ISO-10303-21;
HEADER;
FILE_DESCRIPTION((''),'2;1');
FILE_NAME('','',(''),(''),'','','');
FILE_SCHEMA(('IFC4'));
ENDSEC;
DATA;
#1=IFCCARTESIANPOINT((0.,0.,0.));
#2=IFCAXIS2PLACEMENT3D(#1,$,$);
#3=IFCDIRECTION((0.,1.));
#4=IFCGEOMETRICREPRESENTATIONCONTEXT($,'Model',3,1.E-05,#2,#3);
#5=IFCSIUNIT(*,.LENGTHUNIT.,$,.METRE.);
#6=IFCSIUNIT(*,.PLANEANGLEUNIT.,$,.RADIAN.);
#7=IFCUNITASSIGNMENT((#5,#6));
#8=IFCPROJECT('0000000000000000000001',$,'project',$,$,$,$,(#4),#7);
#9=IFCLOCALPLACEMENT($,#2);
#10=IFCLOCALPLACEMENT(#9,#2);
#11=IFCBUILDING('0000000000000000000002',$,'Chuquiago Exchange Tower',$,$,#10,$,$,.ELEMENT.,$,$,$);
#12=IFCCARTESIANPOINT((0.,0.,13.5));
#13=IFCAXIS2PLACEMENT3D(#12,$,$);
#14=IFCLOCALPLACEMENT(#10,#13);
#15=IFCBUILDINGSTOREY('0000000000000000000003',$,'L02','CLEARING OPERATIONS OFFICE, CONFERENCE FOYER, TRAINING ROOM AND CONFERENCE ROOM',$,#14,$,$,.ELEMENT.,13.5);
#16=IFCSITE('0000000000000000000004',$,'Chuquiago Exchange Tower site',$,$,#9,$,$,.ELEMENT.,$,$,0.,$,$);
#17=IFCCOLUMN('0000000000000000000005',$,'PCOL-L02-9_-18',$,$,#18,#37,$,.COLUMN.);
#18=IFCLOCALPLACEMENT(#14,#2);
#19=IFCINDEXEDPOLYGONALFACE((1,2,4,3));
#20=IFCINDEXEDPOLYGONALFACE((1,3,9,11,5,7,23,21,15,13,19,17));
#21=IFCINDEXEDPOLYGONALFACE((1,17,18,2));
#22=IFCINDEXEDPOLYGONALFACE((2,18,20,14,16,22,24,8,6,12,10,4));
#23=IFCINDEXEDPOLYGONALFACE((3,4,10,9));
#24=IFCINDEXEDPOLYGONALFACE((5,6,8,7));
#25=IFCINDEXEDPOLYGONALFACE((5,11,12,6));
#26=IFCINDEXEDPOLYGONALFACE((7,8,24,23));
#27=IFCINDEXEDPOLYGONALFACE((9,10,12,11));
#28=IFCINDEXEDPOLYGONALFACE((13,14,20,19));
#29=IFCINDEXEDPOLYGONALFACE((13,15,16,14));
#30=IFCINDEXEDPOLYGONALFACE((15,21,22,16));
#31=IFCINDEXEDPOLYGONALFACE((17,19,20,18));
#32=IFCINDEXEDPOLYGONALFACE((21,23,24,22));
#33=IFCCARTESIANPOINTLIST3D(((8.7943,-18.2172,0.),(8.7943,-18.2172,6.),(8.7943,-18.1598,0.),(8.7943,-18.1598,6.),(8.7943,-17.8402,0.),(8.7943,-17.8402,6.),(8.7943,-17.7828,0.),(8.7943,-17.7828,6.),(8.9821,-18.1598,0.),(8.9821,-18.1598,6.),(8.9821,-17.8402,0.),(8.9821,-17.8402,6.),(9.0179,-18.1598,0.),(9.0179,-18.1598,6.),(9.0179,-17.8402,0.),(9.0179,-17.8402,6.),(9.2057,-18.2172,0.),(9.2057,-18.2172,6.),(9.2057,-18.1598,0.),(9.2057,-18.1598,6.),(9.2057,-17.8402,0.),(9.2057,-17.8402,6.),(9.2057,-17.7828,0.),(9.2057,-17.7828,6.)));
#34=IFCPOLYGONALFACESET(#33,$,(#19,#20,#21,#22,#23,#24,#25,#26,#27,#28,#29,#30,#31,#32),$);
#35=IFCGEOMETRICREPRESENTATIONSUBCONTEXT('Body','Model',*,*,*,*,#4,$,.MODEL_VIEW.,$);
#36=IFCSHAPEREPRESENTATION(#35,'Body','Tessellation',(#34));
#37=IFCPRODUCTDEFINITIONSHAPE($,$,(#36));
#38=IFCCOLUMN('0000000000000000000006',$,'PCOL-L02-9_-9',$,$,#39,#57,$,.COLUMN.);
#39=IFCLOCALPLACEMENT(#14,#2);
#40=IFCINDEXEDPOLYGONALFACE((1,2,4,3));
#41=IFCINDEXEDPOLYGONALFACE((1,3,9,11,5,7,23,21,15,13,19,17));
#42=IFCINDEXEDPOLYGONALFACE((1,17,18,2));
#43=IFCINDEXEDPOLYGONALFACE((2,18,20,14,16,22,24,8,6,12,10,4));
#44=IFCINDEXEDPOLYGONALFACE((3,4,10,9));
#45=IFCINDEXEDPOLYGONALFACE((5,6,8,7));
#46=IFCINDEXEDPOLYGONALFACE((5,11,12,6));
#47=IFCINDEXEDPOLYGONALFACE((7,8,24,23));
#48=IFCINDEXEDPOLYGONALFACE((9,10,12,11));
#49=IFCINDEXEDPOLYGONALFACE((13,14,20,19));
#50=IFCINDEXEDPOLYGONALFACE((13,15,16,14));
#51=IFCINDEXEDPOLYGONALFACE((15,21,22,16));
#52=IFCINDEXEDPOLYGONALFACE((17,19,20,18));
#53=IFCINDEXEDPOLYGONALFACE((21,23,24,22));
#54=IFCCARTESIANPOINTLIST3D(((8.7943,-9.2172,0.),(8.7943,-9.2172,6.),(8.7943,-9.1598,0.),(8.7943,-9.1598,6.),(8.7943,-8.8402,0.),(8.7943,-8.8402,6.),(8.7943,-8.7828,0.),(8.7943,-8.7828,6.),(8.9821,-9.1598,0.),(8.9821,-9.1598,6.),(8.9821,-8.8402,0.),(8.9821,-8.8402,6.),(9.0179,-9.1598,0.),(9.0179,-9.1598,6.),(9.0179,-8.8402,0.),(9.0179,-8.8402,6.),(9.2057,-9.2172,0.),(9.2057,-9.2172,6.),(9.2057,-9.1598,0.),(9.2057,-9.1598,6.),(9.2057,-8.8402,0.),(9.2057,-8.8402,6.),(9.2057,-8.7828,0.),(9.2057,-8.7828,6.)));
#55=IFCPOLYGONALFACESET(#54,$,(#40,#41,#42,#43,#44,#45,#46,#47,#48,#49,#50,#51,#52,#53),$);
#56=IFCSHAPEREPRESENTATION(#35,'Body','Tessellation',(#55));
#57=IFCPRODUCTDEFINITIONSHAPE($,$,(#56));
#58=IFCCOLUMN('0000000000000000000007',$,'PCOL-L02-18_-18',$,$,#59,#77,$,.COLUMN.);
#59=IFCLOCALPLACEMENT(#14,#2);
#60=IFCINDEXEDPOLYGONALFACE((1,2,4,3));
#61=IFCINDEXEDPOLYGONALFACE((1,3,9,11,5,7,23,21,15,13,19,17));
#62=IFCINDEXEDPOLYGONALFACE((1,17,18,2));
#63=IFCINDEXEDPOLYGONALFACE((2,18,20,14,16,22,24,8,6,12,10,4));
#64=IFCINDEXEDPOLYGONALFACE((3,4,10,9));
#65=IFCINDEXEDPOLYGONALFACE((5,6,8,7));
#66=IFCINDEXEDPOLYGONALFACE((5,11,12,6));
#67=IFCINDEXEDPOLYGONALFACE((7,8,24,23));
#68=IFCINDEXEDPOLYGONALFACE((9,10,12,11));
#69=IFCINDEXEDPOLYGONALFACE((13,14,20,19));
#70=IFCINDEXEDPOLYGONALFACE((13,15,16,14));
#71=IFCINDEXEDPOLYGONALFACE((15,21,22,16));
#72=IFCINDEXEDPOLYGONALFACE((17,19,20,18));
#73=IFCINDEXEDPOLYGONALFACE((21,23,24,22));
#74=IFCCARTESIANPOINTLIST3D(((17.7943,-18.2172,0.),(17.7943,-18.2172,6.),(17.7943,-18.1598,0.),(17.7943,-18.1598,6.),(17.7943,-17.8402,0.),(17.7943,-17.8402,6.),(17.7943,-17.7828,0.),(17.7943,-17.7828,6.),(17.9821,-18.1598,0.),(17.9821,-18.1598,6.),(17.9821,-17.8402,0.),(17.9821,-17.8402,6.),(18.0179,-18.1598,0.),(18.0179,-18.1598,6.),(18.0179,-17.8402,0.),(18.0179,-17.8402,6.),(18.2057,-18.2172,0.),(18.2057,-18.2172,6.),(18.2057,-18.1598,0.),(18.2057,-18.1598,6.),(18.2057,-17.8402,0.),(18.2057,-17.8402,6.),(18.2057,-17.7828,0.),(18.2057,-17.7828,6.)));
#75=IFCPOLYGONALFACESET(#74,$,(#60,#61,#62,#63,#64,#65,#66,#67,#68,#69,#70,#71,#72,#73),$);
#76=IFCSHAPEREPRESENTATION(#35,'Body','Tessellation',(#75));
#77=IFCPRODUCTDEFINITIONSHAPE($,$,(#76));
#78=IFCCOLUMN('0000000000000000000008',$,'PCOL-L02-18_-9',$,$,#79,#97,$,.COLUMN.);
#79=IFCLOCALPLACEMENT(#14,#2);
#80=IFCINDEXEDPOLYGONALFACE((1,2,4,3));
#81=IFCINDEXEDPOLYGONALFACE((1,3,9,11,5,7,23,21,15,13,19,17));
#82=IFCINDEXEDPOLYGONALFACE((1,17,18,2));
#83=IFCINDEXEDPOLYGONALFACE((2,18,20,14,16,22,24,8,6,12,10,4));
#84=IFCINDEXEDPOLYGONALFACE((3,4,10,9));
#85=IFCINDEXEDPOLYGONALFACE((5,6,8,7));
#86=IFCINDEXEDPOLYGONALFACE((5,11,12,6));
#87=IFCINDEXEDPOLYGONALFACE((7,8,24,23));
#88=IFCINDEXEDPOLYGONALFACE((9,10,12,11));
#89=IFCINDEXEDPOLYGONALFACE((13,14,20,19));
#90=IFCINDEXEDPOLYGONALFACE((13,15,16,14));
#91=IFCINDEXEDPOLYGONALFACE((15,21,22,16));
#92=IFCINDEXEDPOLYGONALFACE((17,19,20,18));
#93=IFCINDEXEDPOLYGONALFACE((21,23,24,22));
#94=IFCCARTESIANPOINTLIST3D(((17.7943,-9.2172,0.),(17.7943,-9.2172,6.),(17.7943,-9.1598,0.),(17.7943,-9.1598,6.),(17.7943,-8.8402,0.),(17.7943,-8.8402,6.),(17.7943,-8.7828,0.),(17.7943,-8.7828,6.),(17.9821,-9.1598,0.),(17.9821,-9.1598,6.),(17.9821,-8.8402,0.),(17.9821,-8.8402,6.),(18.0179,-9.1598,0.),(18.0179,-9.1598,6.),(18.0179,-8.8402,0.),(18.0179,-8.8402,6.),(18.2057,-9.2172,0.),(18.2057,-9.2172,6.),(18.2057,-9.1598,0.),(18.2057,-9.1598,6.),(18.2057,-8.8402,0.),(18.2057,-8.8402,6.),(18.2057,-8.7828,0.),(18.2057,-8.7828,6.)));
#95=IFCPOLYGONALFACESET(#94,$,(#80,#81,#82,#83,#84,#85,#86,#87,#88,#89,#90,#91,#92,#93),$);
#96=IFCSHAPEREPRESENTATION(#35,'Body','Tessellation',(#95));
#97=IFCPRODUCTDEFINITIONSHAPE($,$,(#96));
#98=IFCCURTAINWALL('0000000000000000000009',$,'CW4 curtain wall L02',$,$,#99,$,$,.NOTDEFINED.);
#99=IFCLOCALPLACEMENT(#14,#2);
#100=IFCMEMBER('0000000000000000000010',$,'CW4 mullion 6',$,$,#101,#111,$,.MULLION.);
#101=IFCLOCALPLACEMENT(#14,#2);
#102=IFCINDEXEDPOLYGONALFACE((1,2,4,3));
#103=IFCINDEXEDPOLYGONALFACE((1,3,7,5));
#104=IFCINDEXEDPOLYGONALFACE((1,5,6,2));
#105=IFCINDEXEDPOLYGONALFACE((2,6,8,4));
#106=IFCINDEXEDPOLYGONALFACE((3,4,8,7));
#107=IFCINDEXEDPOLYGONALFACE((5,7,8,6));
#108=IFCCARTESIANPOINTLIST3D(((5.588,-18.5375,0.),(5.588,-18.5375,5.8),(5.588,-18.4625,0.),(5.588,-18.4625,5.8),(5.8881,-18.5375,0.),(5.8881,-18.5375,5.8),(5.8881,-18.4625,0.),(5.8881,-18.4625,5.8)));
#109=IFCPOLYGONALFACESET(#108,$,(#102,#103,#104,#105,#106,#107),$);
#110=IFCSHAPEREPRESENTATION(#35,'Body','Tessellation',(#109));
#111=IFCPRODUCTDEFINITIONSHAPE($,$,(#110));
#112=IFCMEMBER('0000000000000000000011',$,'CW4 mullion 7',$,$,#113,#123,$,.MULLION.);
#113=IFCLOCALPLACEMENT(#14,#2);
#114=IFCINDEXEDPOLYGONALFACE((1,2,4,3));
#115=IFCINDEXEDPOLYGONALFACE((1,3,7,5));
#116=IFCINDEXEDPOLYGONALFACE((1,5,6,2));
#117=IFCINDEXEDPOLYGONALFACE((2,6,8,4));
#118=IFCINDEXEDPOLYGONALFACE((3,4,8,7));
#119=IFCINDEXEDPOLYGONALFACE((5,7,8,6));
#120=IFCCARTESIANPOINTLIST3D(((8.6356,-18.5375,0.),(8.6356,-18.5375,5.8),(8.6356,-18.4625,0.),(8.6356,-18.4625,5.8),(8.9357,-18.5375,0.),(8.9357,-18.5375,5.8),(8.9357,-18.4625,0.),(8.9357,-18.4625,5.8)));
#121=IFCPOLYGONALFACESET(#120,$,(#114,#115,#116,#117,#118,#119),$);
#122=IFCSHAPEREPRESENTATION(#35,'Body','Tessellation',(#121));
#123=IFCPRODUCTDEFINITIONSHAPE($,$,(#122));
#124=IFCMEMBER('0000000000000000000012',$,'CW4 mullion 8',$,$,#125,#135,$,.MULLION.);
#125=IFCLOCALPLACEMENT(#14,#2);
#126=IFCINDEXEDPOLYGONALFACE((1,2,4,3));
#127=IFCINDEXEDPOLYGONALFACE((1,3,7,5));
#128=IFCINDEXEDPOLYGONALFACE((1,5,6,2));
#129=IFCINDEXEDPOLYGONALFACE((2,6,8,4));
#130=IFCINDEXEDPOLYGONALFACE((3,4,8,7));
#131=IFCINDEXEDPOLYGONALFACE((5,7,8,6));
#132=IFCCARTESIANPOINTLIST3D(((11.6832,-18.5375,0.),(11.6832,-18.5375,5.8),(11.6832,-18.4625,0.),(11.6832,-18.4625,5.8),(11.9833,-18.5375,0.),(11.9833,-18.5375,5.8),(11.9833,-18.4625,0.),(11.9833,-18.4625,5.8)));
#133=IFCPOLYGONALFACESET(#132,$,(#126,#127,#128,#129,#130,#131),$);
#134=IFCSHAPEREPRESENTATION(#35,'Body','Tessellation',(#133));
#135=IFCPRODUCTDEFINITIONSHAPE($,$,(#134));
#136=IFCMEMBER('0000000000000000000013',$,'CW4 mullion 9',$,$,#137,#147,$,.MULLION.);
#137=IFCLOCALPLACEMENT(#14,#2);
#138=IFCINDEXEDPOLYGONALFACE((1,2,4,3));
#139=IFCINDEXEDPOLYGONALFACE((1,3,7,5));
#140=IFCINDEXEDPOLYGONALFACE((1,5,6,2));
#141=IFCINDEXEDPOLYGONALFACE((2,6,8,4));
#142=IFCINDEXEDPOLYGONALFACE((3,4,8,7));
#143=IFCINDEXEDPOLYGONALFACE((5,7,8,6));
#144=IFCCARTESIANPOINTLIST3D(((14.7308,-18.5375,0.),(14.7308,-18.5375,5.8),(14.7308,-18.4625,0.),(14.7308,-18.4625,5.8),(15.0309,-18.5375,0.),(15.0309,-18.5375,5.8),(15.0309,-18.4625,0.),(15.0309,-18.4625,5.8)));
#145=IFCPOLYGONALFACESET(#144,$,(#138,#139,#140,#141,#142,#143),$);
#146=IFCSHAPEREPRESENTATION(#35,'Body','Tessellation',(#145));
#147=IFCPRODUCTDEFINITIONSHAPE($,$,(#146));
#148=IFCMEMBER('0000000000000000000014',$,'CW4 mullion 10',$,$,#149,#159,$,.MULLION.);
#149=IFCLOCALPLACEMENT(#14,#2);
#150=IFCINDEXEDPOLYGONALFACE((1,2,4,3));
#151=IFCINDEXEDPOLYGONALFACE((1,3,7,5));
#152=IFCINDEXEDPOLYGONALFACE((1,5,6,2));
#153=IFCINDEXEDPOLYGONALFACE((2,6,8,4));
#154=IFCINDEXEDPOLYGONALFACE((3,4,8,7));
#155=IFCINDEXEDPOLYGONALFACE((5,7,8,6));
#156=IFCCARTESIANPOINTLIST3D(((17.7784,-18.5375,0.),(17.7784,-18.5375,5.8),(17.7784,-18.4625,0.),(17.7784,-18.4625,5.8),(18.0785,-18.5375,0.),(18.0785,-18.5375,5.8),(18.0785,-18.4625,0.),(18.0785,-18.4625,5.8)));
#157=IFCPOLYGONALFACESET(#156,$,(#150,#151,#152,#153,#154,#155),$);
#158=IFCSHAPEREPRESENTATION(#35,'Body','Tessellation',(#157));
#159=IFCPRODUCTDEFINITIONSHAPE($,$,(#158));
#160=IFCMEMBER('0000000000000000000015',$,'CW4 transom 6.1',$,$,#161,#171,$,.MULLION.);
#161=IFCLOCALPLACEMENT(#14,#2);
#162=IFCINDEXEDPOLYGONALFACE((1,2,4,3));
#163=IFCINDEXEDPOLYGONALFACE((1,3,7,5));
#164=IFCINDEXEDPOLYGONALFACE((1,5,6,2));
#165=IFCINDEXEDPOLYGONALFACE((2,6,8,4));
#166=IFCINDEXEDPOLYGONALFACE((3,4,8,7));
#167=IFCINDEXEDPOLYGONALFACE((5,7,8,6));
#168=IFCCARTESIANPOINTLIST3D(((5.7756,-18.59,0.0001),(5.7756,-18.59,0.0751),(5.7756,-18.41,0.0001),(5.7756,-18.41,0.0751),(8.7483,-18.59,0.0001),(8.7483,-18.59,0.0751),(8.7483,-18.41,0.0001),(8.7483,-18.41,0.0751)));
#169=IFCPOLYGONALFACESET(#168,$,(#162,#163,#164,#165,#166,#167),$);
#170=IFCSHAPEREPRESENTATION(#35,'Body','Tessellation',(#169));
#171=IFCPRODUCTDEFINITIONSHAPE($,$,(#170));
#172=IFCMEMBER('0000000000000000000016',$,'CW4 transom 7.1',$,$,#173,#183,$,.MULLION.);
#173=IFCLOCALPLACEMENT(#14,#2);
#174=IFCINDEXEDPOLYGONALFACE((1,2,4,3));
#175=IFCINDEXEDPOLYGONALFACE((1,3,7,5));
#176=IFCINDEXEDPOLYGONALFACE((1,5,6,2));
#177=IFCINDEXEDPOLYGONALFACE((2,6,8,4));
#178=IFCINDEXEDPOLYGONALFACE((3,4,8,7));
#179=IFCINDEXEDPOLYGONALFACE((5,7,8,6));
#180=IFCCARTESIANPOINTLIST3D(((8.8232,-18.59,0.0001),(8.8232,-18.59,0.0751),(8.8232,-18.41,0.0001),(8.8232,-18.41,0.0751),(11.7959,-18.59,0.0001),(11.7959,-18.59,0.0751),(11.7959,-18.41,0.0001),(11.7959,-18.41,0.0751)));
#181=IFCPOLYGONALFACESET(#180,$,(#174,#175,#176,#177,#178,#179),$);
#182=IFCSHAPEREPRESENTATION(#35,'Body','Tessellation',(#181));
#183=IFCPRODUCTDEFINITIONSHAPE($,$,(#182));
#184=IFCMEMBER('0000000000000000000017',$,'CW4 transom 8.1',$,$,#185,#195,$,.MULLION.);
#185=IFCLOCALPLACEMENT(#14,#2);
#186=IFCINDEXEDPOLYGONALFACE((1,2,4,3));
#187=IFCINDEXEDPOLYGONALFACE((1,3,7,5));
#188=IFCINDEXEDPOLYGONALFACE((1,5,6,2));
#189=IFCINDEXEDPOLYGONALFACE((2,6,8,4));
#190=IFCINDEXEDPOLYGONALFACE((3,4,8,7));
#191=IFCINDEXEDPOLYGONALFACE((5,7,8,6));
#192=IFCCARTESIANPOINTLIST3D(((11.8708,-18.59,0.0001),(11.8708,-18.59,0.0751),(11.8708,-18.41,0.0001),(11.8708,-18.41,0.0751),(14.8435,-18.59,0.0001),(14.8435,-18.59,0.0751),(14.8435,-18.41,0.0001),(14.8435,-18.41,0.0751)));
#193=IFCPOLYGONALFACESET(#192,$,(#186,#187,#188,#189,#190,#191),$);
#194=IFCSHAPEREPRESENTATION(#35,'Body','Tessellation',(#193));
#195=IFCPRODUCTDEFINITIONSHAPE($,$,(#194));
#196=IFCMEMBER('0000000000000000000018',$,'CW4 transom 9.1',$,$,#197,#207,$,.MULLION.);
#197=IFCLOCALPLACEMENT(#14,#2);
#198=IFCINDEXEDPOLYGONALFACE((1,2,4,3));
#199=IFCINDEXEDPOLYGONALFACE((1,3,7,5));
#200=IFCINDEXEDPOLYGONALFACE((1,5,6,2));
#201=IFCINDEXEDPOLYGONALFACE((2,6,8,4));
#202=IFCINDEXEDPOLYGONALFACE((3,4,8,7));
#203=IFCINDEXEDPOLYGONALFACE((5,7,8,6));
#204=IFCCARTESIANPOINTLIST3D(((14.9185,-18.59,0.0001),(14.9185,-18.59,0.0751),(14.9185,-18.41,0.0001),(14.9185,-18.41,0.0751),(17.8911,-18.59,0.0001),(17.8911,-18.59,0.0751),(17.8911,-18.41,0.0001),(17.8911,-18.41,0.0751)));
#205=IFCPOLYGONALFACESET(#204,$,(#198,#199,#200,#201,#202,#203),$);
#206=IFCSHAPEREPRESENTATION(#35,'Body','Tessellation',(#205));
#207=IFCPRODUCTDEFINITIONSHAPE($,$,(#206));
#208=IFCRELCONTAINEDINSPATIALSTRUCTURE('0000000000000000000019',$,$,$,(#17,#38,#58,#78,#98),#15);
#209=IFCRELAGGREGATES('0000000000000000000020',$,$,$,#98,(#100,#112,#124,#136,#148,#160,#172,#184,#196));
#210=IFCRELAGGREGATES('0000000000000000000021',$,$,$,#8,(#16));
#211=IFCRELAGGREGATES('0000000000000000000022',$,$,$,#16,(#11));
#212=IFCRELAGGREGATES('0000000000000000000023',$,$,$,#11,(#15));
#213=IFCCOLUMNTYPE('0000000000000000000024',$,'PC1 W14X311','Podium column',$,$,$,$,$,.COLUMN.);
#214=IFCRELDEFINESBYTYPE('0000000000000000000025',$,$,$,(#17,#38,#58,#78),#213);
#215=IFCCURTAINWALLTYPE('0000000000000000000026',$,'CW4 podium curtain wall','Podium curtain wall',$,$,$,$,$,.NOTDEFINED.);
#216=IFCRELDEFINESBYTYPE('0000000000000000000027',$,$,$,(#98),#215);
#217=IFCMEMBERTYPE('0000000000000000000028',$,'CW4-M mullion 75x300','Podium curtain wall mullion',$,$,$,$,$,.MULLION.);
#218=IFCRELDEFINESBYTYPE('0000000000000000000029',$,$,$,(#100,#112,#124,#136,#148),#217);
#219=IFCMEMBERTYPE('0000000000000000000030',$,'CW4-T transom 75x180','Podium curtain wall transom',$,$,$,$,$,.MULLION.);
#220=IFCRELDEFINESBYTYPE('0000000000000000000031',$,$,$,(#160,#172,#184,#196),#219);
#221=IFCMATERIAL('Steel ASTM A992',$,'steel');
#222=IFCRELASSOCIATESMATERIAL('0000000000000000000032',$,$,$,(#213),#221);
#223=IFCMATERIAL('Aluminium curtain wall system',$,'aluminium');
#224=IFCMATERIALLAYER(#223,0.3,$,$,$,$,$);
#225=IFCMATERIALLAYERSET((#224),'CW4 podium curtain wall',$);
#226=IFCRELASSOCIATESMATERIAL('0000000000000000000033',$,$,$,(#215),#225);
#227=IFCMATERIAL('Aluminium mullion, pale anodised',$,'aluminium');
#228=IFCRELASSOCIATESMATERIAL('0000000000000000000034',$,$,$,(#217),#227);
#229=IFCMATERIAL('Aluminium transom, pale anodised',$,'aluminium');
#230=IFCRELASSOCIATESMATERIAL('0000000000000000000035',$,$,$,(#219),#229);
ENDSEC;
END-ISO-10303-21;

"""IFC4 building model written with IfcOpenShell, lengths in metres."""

from ifc_helpers import new_model, si_unit, direction, frame, origin, origin_2d, place, context, subcontext, project, spatial, rectangle, i_section, extrude, material, layer, layer_set, material_profile, profile_set, type_object, element, aggregate, save


model = new_model("IFC4")

# Units and contexts
model_context = context("Model", 3, precision=1e-05, world=origin(), true_north=direction((0.0, 1.0)))
body_context = subcontext(model_context, "Body", "Model", "MODEL_VIEW")
ifc_project = project(units=[si_unit("LENGTHUNIT", "METRE"), si_unit("PLANEANGLEUNIT", "RADIAN")], contexts=[model_context])

# Site, building, storey
site_placement = place(None, origin())
site = spatial("IfcSite", under=ifc_project, at=site_placement, Name="Chuquiago Exchange Tower site", CompositionType="ELEMENT", RefElevation=0.0)
building_placement = place(site_placement, origin())
building = spatial("IfcBuilding", under=site, at=building_placement, Name="Chuquiago Exchange Tower", CompositionType="ELEMENT")
storey_placement = place(building_placement, frame((0.0, 0.0, 13.5)))
storey = spatial("IfcBuildingStorey", under=building, at=storey_placement, Name="L02", Description="CLEARING OPERATIONS OFFICE, CONFERENCE FOYER, TRAINING ROOM AND CONFERENCE ROOM", CompositionType="ELEMENT", Elevation=13.5)

# Columns
ifc_material_1 = material(Name="Steel ASTM A992", Category="steel")
ifc_material_profile_1 = material_profile(ifc_material_1, i_section(OverallWidth=0.4114, OverallDepth=0.4343, WebThickness=0.0359, FlangeThickness=0.0574, at=origin_2d()), Name="W14X311")
ifc_profile_set_1 = profile_set([ifc_material_profile_1], Name="Steel ASTM A992")
column_type = type_object("IfcColumnType", Name="PC1 W14X311", Description="Podium column", PredefinedType="COLUMN", material=ifc_profile_set_1)
for number, where, z_axis, x_axis, name in (
    (1, (9.0, -18.0, 0.0), (0.0, 0.0, 1.0), (1.0, 0.0, 0.0), "PCOL-L02-9_-18"),
    (2, (9.0, -9.0, 0.0), (0.0, 0.0, 1.0), (1.0, 0.0, 0.0), "PCOL-L02-9_-9"),
    (3, (18.0, -18.0, 0.0), (0.0, 0.0, 1.0), (1.0, 0.0, 0.0), "PCOL-L02-18_-18"),
    (4, (18.0, -9.0, 0.0), (0.0, 0.0, 1.0), (1.0, 0.0, 0.0), "PCOL-L02-18_-9"),
):
    element("IfcColumn", number, at=place(storey_placement, frame(where, z_axis=z_axis, x_axis=x_axis)), inside=storey, type_object=column_type, Name=name, PredefinedType="COLUMN", context=body_context, shape_type="SweptSolid", body=[
        extrude(i_section(OverallWidth=0.4114, OverallDepth=0.4343, WebThickness=0.0359, FlangeThickness=0.0574, at=origin_2d()), origin(), (0.0, 0.0, 1.0), 6.0),
    ])

# Curtain wall, members
ifc_material_2 = material(Name="Aluminium curtain wall system", Category="aluminium")
ifc_layer_1 = layer(ifc_material_2, 0.3)
ifc_layer_set_1 = layer_set([ifc_layer_1], Name="CW4 podium curtain wall")
curtain_wall_type = type_object("IfcCurtainWallType", Name="CW4 podium curtain wall", Description="Podium curtain wall", PredefinedType="NOTDEFINED", material=ifc_layer_set_1)
curtain_wall_placement = place(storey_placement, origin())
curtain_wall = element("IfcCurtainWall", 5, at=curtain_wall_placement, inside=storey, type_object=curtain_wall_type, Name="CW4 curtain wall L02", PredefinedType="NOTDEFINED")
ifc_material_3 = material(Name="Aluminium mullion, pale anodised", Category="aluminium")
ifc_material_profile_2 = material_profile(ifc_material_3, rectangle(XDim=0.075, YDim=0.3, at=origin_2d()), Name="AL 75x300")
ifc_profile_set_2 = profile_set([ifc_material_profile_2], Name="Aluminium mullion, pale anodised")
member_type_1 = type_object("IfcMemberType", Name="CW4-M mullion 75x300", Description="Podium curtain wall mullion", PredefinedType="MULLION", material=ifc_profile_set_2)
member_1_placement = place(storey_placement, frame((5.738, -18.5, 0.0), z_axis=(0.0, 0.0, 1.0), x_axis=(0.0, 1.0, 0.0)))
member_1 = element("IfcMember", 6, at=member_1_placement, type_object=member_type_1, Name="CW4 mullion 6", PredefinedType="MULLION", context=body_context, shape_type="SweptSolid", body=[
    extrude(rectangle(XDim=0.075, YDim=0.3, at=origin_2d()), origin(), (0.0, 0.0, 1.0), 5.8),
])
member_2_placement = place(storey_placement, frame((8.7856, -18.5, 0.0), z_axis=(0.0, 0.0, 1.0), x_axis=(0.0, 1.0, 0.0)))
member_2 = element("IfcMember", 7, at=member_2_placement, type_object=member_type_1, Name="CW4 mullion 7", PredefinedType="MULLION", context=body_context, shape_type="SweptSolid", body=[
    extrude(rectangle(XDim=0.075, YDim=0.3, at=origin_2d()), origin(), (0.0, 0.0, 1.0), 5.8),
])
member_3_placement = place(storey_placement, frame((11.8333, -18.5, 0.0), z_axis=(0.0, 0.0, 1.0), x_axis=(0.0, 1.0, 0.0)))
member_3 = element("IfcMember", 8, at=member_3_placement, type_object=member_type_1, Name="CW4 mullion 8", PredefinedType="MULLION", context=body_context, shape_type="SweptSolid", body=[
    extrude(rectangle(XDim=0.075, YDim=0.3, at=origin_2d()), origin(), (0.0, 0.0, 1.0), 5.8),
])
member_4_placement = place(storey_placement, frame((14.8809, -18.5, 0.0), z_axis=(0.0, 0.0, 1.0), x_axis=(0.0, 1.0, 0.0)))
member_4 = element("IfcMember", 9, at=member_4_placement, type_object=member_type_1, Name="CW4 mullion 9", PredefinedType="MULLION", context=body_context, shape_type="SweptSolid", body=[
    extrude(rectangle(XDim=0.075, YDim=0.3, at=origin_2d()), origin(), (0.0, 0.0, 1.0), 5.8),
])
member_5_placement = place(storey_placement, frame((17.9285, -18.5, 0.0), z_axis=(0.0, 0.0, 1.0), x_axis=(0.0, 1.0, 0.0)))
member_5 = element("IfcMember", 10, at=member_5_placement, type_object=member_type_1, Name="CW4 mullion 10", PredefinedType="MULLION", context=body_context, shape_type="SweptSolid", body=[
    extrude(rectangle(XDim=0.075, YDim=0.3, at=origin_2d()), origin(), (0.0, 0.0, 1.0), 5.8),
])
ifc_material_4 = material(Name="Aluminium transom, pale anodised", Category="aluminium")
ifc_material_profile_3 = material_profile(ifc_material_4, rectangle(XDim=0.1799, YDim=0.075, at=origin_2d()), Name="AL 180x75")
ifc_profile_set_3 = profile_set([ifc_material_profile_3], Name="Aluminium transom, pale anodised")
member_type_2 = type_object("IfcMemberType", Name="CW4-T transom 75x180", Description="Podium curtain wall transom", PredefinedType="MULLION", material=ifc_profile_set_3)
member_6_placement = place(storey_placement, frame((5.7756, -18.5, 0.0376), z_axis=(1.0, 0.0, 0.0), x_axis=(0.0, 1.0, 0.0)))
member_6 = element("IfcMember", 11, at=member_6_placement, type_object=member_type_2, Name="CW4 transom 6.1", PredefinedType="MULLION", context=body_context, shape_type="SweptSolid", body=[
    extrude(rectangle(XDim=0.1799, YDim=0.075, at=origin_2d()), origin(), (0.0, 0.0, 1.0), 2.9727),
])
member_7_placement = place(storey_placement, frame((8.8232, -18.5, 0.0376), z_axis=(1.0, 0.0, 0.0), x_axis=(0.0, 1.0, 0.0)))
member_7 = element("IfcMember", 12, at=member_7_placement, type_object=member_type_2, Name="CW4 transom 7.1", PredefinedType="MULLION", context=body_context, shape_type="SweptSolid", body=[
    extrude(rectangle(XDim=0.1799, YDim=0.075, at=origin_2d()), origin(), (0.0, 0.0, 1.0), 2.9727),
])
member_8_placement = place(storey_placement, frame((11.8708, -18.5, 0.0376), z_axis=(1.0, 0.0, 0.0), x_axis=(0.0, 1.0, 0.0)))
member_8 = element("IfcMember", 13, at=member_8_placement, type_object=member_type_2, Name="CW4 transom 8.1", PredefinedType="MULLION", context=body_context, shape_type="SweptSolid", body=[
    extrude(rectangle(XDim=0.1799, YDim=0.075, at=origin_2d()), origin(), (0.0, 0.0, 1.0), 2.9727),
])
member_9_placement = place(storey_placement, frame((14.9185, -18.5, 0.0376), z_axis=(1.0, 0.0, 0.0), x_axis=(0.0, 1.0, 0.0)))
member_9 = element("IfcMember", 14, at=member_9_placement, type_object=member_type_2, Name="CW4 transom 9.1", PredefinedType="MULLION", context=body_context, shape_type="SweptSolid", body=[
    extrude(rectangle(XDim=0.1799, YDim=0.075, at=origin_2d()), origin(), (0.0, 0.0, 1.0), 2.9727),
])

aggregate(curtain_wall, [member_1, member_2, member_3, member_4, member_5, member_6, member_7, member_8, member_9])

save(model, "model.ifc")
